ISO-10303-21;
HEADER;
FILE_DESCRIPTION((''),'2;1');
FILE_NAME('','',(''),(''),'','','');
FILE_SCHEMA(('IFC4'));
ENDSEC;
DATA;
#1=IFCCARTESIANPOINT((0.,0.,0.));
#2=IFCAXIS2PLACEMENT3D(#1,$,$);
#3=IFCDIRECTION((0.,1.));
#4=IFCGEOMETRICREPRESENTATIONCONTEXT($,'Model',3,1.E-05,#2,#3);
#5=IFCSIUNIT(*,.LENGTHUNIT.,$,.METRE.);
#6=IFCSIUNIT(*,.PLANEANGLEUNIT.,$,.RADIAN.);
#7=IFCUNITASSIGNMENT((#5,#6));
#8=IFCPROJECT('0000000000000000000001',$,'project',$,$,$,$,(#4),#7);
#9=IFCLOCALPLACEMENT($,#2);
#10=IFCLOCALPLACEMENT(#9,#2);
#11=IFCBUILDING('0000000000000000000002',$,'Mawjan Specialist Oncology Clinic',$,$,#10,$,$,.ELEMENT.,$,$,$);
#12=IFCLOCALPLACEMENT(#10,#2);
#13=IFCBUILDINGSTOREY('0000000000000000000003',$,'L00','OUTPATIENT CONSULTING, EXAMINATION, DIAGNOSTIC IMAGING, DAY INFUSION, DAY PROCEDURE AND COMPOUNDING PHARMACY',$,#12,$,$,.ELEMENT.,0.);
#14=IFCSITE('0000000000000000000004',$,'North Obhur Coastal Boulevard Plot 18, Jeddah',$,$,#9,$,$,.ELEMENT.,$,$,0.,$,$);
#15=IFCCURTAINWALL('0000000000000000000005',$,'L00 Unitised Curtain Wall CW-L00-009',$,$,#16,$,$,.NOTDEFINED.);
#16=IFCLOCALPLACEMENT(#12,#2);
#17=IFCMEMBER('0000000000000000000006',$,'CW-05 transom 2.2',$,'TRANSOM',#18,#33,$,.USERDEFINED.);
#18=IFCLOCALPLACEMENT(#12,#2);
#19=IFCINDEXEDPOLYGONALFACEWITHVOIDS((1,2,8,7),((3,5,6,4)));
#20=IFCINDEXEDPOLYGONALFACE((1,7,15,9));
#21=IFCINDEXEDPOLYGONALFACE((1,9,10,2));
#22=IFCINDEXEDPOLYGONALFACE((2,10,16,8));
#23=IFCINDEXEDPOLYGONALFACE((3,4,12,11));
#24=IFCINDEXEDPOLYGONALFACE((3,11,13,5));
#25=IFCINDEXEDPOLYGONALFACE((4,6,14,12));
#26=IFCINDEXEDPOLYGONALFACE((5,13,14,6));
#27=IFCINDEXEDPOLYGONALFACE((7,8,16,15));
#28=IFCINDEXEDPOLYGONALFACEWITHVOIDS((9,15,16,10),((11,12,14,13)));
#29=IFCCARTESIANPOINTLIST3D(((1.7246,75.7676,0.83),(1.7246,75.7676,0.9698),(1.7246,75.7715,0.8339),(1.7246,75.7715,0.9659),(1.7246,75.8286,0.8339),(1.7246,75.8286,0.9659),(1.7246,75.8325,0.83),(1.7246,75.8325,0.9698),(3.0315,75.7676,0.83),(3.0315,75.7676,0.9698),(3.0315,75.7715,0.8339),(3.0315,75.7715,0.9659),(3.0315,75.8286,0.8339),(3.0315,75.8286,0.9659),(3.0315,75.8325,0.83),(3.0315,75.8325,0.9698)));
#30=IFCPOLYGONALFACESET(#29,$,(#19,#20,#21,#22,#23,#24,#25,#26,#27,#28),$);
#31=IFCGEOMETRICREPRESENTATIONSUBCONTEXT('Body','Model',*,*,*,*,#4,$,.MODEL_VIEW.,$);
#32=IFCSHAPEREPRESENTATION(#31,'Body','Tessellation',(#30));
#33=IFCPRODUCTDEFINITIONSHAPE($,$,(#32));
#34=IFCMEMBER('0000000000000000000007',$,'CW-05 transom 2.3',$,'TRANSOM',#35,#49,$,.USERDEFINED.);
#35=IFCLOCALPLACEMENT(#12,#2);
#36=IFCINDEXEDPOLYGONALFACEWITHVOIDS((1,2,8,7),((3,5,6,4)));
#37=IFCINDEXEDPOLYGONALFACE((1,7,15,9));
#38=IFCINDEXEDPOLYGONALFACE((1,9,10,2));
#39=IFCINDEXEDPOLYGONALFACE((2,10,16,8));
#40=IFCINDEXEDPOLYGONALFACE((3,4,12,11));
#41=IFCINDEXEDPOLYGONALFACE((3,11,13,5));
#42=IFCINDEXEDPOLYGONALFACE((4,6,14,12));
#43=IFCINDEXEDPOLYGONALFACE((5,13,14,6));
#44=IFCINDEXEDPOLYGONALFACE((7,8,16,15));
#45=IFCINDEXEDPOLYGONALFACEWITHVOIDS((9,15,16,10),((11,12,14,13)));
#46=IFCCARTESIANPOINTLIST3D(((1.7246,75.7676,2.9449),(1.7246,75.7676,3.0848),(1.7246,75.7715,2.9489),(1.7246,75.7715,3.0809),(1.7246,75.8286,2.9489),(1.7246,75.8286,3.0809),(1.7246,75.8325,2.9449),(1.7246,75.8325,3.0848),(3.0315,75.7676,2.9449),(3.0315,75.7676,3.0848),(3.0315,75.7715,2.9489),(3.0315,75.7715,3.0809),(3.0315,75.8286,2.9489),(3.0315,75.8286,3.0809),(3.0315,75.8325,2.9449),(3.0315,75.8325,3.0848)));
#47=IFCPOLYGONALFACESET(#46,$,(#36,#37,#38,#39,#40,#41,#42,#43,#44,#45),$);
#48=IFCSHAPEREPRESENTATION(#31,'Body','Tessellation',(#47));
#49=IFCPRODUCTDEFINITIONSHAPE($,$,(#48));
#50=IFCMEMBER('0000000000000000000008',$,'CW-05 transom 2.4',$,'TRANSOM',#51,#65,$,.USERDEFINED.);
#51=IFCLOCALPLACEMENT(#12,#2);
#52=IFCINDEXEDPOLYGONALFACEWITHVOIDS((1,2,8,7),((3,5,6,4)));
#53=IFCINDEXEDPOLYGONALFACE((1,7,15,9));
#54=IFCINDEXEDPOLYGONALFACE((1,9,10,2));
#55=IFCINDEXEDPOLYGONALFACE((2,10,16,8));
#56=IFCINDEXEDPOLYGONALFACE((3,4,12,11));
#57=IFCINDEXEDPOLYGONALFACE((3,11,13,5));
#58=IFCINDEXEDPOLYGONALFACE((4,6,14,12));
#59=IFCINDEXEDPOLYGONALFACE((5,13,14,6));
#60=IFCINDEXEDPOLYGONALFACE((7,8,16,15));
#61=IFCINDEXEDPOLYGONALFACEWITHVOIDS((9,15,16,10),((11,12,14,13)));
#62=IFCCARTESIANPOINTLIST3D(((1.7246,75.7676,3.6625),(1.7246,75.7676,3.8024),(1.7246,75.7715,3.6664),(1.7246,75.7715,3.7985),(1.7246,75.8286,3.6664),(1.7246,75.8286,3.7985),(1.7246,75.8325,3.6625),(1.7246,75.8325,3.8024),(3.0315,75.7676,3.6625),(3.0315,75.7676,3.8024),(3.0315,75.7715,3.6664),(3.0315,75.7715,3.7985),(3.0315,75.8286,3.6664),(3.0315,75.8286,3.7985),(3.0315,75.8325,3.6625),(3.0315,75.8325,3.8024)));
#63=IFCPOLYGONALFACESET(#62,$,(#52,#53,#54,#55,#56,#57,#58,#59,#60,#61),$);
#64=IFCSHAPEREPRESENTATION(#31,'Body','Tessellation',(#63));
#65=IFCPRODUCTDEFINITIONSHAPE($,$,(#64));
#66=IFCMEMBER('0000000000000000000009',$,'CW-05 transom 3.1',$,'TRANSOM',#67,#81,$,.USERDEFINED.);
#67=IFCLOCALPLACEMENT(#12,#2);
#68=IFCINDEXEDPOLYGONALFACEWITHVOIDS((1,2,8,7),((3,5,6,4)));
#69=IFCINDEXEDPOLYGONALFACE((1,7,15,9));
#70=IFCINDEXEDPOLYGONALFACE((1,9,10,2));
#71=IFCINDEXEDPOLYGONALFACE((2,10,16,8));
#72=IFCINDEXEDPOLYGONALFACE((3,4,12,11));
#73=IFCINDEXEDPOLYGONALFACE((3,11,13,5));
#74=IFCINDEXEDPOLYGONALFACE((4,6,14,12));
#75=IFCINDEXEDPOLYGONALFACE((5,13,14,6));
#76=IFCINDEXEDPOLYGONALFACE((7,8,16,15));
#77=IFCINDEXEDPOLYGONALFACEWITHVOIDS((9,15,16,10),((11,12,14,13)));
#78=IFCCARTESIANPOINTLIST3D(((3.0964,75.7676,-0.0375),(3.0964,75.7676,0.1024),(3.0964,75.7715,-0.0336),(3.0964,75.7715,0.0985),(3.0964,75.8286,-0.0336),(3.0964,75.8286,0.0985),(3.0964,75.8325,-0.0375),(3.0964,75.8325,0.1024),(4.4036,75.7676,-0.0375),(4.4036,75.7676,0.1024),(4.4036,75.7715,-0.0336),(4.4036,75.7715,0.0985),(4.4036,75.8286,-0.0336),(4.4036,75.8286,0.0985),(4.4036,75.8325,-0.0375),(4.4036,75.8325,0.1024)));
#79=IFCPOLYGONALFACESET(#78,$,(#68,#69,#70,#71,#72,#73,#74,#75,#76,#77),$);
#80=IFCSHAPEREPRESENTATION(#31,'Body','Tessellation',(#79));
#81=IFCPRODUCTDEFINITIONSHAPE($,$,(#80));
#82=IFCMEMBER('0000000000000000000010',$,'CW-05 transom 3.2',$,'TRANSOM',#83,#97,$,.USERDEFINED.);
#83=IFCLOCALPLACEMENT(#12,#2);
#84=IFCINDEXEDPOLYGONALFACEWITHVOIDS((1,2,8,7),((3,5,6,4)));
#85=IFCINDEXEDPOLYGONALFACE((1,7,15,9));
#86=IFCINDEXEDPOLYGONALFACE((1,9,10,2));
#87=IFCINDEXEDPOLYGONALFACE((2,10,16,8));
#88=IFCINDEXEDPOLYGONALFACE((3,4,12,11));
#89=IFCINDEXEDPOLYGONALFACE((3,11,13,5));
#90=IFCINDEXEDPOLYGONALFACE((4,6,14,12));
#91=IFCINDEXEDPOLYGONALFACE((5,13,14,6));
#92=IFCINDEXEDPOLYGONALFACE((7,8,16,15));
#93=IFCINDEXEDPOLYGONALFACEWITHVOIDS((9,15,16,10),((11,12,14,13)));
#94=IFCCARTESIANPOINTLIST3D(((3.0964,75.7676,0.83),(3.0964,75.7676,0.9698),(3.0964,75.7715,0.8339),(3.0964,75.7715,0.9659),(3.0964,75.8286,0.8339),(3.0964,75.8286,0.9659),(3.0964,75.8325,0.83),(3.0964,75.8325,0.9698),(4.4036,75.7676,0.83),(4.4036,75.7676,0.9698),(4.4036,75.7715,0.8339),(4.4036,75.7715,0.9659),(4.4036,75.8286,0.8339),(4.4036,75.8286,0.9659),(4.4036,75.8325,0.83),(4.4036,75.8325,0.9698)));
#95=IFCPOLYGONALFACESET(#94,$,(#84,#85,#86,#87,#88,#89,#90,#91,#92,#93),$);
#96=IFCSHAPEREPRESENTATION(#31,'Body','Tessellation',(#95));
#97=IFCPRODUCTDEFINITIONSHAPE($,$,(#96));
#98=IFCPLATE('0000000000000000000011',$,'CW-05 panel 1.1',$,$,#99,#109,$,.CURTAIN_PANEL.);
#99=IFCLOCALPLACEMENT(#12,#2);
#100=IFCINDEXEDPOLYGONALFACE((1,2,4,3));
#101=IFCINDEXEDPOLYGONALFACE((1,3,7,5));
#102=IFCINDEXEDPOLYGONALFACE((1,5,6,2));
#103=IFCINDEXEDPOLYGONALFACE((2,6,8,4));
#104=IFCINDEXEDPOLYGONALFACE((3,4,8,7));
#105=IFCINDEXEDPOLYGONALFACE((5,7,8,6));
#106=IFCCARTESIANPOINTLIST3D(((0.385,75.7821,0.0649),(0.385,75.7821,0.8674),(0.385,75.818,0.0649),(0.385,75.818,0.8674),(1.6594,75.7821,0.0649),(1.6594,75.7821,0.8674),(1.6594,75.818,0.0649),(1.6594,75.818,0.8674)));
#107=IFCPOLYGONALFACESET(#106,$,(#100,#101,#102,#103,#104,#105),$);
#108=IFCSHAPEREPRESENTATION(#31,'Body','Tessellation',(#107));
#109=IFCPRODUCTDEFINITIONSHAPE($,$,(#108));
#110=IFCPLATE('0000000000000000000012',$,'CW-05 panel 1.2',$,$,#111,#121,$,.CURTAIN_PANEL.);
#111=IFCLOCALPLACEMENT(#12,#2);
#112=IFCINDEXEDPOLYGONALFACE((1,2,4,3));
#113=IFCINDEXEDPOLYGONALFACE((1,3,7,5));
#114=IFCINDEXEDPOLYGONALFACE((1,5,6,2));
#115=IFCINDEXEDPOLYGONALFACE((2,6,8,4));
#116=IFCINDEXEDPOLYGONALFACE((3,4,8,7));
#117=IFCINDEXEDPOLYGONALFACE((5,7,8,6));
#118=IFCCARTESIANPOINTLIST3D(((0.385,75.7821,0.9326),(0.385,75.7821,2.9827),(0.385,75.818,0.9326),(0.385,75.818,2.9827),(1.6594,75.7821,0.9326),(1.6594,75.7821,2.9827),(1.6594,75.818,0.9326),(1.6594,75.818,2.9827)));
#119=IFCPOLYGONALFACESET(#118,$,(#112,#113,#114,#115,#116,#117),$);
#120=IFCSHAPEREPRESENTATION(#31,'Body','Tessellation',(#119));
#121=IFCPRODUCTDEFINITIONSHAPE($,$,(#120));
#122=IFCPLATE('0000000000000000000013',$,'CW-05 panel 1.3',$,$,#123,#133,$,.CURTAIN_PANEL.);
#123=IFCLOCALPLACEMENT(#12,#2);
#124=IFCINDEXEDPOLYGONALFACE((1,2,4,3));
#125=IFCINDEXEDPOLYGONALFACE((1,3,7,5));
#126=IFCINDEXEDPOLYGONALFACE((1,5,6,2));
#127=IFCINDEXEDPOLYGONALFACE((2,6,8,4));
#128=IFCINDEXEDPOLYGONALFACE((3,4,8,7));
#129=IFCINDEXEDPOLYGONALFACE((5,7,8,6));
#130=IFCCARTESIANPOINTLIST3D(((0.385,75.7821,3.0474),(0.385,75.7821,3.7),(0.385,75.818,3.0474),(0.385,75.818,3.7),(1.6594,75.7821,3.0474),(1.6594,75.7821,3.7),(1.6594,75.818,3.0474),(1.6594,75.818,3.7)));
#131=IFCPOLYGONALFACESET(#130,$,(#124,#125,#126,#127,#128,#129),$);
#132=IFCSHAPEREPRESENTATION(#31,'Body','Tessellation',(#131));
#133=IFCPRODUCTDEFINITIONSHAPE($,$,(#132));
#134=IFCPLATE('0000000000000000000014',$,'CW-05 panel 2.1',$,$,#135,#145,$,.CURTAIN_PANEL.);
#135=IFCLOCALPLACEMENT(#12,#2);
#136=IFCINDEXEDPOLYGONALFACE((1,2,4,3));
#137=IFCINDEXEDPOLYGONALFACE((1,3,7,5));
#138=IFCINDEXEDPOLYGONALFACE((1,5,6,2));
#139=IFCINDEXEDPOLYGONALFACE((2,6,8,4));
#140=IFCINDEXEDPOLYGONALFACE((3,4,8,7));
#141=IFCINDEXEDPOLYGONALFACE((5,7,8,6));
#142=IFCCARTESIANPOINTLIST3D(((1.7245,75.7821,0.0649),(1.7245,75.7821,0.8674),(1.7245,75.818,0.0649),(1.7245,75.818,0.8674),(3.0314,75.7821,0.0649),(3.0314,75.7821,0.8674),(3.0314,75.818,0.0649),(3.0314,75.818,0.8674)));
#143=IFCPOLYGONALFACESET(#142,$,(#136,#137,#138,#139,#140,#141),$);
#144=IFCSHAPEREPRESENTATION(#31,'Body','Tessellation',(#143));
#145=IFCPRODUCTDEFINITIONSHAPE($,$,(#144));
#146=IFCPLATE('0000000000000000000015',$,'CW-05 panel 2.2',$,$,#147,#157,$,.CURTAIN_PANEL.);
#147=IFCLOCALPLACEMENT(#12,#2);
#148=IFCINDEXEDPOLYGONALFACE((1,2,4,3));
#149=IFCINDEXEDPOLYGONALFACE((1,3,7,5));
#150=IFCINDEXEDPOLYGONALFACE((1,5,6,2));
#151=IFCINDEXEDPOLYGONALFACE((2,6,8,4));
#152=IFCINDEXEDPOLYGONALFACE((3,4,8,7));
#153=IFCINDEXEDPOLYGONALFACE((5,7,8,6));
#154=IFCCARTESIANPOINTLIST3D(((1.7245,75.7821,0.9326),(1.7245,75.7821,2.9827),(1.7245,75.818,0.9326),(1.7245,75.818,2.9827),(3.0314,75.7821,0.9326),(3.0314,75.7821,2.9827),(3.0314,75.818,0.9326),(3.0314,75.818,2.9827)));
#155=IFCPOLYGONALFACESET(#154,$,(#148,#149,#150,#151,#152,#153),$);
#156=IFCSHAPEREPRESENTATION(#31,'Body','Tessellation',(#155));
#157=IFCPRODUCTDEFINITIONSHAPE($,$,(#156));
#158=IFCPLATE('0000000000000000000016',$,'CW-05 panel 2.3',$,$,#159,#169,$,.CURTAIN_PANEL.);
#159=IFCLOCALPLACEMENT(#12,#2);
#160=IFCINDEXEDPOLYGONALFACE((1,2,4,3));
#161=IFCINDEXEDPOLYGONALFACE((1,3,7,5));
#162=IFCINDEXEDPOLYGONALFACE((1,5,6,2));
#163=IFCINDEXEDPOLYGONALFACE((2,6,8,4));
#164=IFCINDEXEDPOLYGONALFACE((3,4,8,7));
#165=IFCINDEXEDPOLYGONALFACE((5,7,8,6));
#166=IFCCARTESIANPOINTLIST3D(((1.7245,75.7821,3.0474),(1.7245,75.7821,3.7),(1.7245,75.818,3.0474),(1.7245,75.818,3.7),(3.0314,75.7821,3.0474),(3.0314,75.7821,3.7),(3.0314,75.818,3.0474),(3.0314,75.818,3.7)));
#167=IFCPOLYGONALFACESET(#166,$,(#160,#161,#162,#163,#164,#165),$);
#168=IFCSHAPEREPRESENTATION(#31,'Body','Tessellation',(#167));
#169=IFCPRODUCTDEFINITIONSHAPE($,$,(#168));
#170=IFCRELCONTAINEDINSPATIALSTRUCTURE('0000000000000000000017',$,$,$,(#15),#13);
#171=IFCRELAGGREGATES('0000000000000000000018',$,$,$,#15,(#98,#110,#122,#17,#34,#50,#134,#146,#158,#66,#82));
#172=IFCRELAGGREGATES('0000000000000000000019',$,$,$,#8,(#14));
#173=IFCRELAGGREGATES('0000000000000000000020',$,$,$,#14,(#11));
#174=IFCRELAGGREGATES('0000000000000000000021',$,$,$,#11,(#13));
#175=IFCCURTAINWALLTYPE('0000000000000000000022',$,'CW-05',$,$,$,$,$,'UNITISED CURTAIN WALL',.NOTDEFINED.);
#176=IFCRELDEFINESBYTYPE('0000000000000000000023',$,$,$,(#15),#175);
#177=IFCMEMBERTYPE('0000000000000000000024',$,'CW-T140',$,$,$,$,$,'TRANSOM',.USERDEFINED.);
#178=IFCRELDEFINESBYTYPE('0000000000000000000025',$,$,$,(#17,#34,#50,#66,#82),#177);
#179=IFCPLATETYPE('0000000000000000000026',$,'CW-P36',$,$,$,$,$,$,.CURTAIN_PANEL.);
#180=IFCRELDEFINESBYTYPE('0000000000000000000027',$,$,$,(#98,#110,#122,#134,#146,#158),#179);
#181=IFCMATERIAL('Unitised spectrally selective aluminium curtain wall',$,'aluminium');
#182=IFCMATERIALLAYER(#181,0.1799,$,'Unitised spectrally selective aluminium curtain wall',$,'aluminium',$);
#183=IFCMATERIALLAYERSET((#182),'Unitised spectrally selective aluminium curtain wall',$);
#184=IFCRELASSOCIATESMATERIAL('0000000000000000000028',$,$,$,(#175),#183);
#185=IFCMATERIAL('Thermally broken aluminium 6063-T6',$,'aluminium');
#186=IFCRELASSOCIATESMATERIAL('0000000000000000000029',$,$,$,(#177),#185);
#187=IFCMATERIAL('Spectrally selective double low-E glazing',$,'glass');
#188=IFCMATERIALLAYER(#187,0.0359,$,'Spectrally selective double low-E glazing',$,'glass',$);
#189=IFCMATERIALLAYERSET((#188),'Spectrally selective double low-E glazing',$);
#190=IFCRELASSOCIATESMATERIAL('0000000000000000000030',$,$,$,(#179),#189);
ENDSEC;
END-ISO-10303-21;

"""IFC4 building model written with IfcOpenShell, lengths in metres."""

from ifc_helpers import new_model, si_unit, direction, frame, origin, origin_2d, place, context, subcontext, project, spatial, rectangle, hollow_rectangle, extrude, material, layer, layer_set, material_profile, profile_set, type_object, element, aggregate, save


model = new_model("IFC4")

# Units and contexts
model_context = context("Model", 3, precision=1e-05, world=origin(), true_north=direction((0.0, 1.0)))
body_context = subcontext(model_context, "Body", "Model", "MODEL_VIEW")
ifc_project = project(units=[si_unit("LENGTHUNIT", "METRE"), si_unit("PLANEANGLEUNIT", "RADIAN")], contexts=[model_context])

# Site, building, storey
site_placement = place(None, origin())
site = spatial("IfcSite", under=ifc_project, at=site_placement, Name="North Obhur Coastal Boulevard Plot 18, Jeddah", CompositionType="ELEMENT", RefElevation=0.0)
building_placement = place(site_placement, origin())
building = spatial("IfcBuilding", under=site, at=building_placement, Name="Mawjan Specialist Oncology Clinic", CompositionType="ELEMENT")
storey_placement = place(building_placement, origin())
storey = spatial("IfcBuildingStorey", under=building, at=storey_placement, Name="L00", Description="OUTPATIENT CONSULTING, EXAMINATION, DIAGNOSTIC IMAGING, DAY INFUSION, DAY PROCEDURE AND COMPOUNDING PHARMACY", CompositionType="ELEMENT", Elevation=0.0)

# Shared definitions
ifc_material_1 = material(Name="Unitised spectrally selective aluminium curtain wall", Category="aluminium")
ifc_layer_1 = layer(ifc_material_1, 0.1799, Name="Unitised spectrally selective aluminium curtain wall", Category="aluminium")
ifc_layer_set_1 = layer_set([ifc_layer_1], Name="Unitised spectrally selective aluminium curtain wall")
curtain_wall_type = type_object("IfcCurtainWallType", Name="CW-05", ElementType="UNITISED CURTAIN WALL", PredefinedType="NOTDEFINED", material=ifc_layer_set_1)

# Curtain wall, members, plates
curtain_wall_1_placement = place(storey_placement, origin())
curtain_wall_1 = element("IfcCurtainWall", 1, at=curtain_wall_1_placement, inside=storey, type_object=curtain_wall_type, Name="L00 Unitised Curtain Wall CW-L00-009", PredefinedType="NOTDEFINED")
ifc_material_2 = material(Name="Thermally broken aluminium 6063-T6", Category="aluminium")
ifc_material_profile_1 = material_profile(ifc_material_2, hollow_rectangle(XDim=0.0649, YDim=0.1399, WallThickness=0.0039, at=origin_2d()), Name="ALU TRANSOM 140x65x4", Category="aluminium")
ifc_profile_set_1 = profile_set([ifc_material_profile_1], Name="Thermally broken aluminium 6063-T6")
member_type_1 = type_object("IfcMemberType", Name="CW-T140", ElementType="TRANSOM", PredefinedType="USERDEFINED", material=ifc_profile_set_1)
member_1_placement = place(storey_placement, frame((1.7246, 75.8, 0.8999), z_axis=(1.0, 0.0, 0.0), x_axis=(0.0, 1.0, 0.0)))
member_1 = element("IfcMember", 2, at=member_1_placement, type_object=member_type_1, Name="CW-05 transom 2.2", ObjectType="TRANSOM", PredefinedType="USERDEFINED", context=body_context, shape_type="SweptSolid", body=[
    extrude(hollow_rectangle(XDim=0.0649, YDim=0.1399, WallThickness=0.0039, at=origin_2d()), origin(), (0.0, 0.0, 1.0), 1.3069),
])
member_2_placement = place(storey_placement, frame((1.7246, 75.8, 3.0149), z_axis=(1.0, 0.0, 0.0), x_axis=(0.0, 1.0, 0.0)))
member_2 = element("IfcMember", 3, at=member_2_placement, type_object=member_type_1, Name="CW-05 transom 2.3", ObjectType="TRANSOM", PredefinedType="USERDEFINED", context=body_context, shape_type="SweptSolid", body=[
    extrude(hollow_rectangle(XDim=0.0649, YDim=0.1399, WallThickness=0.0039, at=origin_2d()), origin(), (0.0, 0.0, 1.0), 1.3069),
])
member_3_placement = place(storey_placement, frame((1.7246, 75.8, 3.7324), z_axis=(1.0, 0.0, 0.0), x_axis=(0.0, 1.0, 0.0)))
member_3 = element("IfcMember", 4, at=member_3_placement, type_object=member_type_1, Name="CW-05 transom 2.4", ObjectType="TRANSOM", PredefinedType="USERDEFINED", context=body_context, shape_type="SweptSolid", body=[
    extrude(hollow_rectangle(XDim=0.0649, YDim=0.1399, WallThickness=0.0039, at=origin_2d()), origin(), (0.0, 0.0, 1.0), 1.3069),
])
member_4_placement = place(storey_placement, frame((3.0964, 75.8, 0.0325), z_axis=(1.0, 0.0, 0.0), x_axis=(0.0, 1.0, 0.0)))
member_4 = element("IfcMember", 5, at=member_4_placement, type_object=member_type_1, Name="CW-05 transom 3.1", ObjectType="TRANSOM", PredefinedType="USERDEFINED", context=body_context, shape_type="SweptSolid", body=[
    extrude(hollow_rectangle(XDim=0.0649, YDim=0.1399, WallThickness=0.0039, at=origin_2d()), origin(), (0.0, 0.0, 1.0), 1.3071),
])
member_5_placement = place(storey_placement, frame((3.0964, 75.8, 0.8999), z_axis=(1.0, 0.0, 0.0), x_axis=(0.0, 1.0, 0.0)))
member_5 = element("IfcMember", 6, at=member_5_placement, type_object=member_type_1, Name="CW-05 transom 3.2", ObjectType="TRANSOM", PredefinedType="USERDEFINED", context=body_context, shape_type="SweptSolid", body=[
    extrude(hollow_rectangle(XDim=0.0649, YDim=0.1399, WallThickness=0.0039, at=origin_2d()), origin(), (0.0, 0.0, 1.0), 1.3071),
])
ifc_material_3 = material(Name="Spectrally selective double low-E glazing", Category="glass")
ifc_layer_2 = layer(ifc_material_3, 0.0359, Name="Spectrally selective double low-E glazing", Category="glass")
ifc_layer_set_2 = layer_set([ifc_layer_2], Name="Spectrally selective double low-E glazing")
plate_type = type_object("IfcPlateType", Name="CW-P36", PredefinedType="CURTAIN_PANEL", material=ifc_layer_set_2)
plate_1_placement = place(storey_placement, frame((1.0222, 75.8, 0.0649), z_axis=(0.0, 0.0, 1.0), x_axis=(1.0, 0.0, 0.0)))
plate_1 = element("IfcPlate", 7, at=plate_1_placement, type_object=plate_type, Name="CW-05 panel 1.1", PredefinedType="CURTAIN_PANEL", context=body_context, shape_type="SweptSolid", body=[
    extrude(rectangle(XDim=1.2744, YDim=0.0359, at=origin_2d()), origin(), (0.0, 0.0, 1.0), 0.8025),
])
plate_2_placement = place(storey_placement, frame((1.0222, 75.8, 0.9326), z_axis=(0.0, 0.0, 1.0), x_axis=(1.0, 0.0, 0.0)))
plate_2 = element("IfcPlate", 8, at=plate_2_placement, type_object=plate_type, Name="CW-05 panel 1.2", PredefinedType="CURTAIN_PANEL", context=body_context, shape_type="SweptSolid", body=[
    extrude(rectangle(XDim=1.2744, YDim=0.0359, at=origin_2d()), origin(), (0.0, 0.0, 1.0), 2.05),
])
plate_3_placement = place(storey_placement, frame((1.0222, 75.8, 3.0474), z_axis=(0.0, 0.0, 1.0), x_axis=(1.0, 0.0, 0.0)))
plate_3 = element("IfcPlate", 9, at=plate_3_placement, type_object=plate_type, Name="CW-05 panel 1.3", PredefinedType="CURTAIN_PANEL", context=body_context, shape_type="SweptSolid", body=[
    extrude(rectangle(XDim=1.2744, YDim=0.0359, at=origin_2d()), origin(), (0.0, 0.0, 1.0), 0.6526),
])
plate_4_placement = place(storey_placement, frame((2.3779, 75.8, 0.0649), z_axis=(0.0, 0.0, 1.0), x_axis=(1.0, 0.0, 0.0)))
plate_4 = element("IfcPlate", 10, at=plate_4_placement, type_object=plate_type, Name="CW-05 panel 2.1", PredefinedType="CURTAIN_PANEL", context=body_context, shape_type="SweptSolid", body=[
    extrude(rectangle(XDim=1.3069, YDim=0.0359, at=origin_2d()), origin(), (0.0, 0.0, 1.0), 0.8025),
])
plate_5_placement = place(storey_placement, frame((2.3779, 75.8, 0.9326), z_axis=(0.0, 0.0, 1.0), x_axis=(1.0, 0.0, 0.0)))
plate_5 = element("IfcPlate", 11, at=plate_5_placement, type_object=plate_type, Name="CW-05 panel 2.2", PredefinedType="CURTAIN_PANEL", context=body_context, shape_type="SweptSolid", body=[
    extrude(rectangle(XDim=1.3069, YDim=0.0359, at=origin_2d()), origin(), (0.0, 0.0, 1.0), 2.05),
])
plate_6_placement = place(storey_placement, frame((2.3779, 75.8, 3.0474), z_axis=(0.0, 0.0, 1.0), x_axis=(1.0, 0.0, 0.0)))
plate_6 = element("IfcPlate", 12, at=plate_6_placement, type_object=plate_type, Name="CW-05 panel 2.3", PredefinedType="CURTAIN_PANEL", context=body_context, shape_type="SweptSolid", body=[
    extrude(rectangle(XDim=1.3069, YDim=0.0359, at=origin_2d()), origin(), (0.0, 0.0, 1.0), 0.6526),
])
aggregate(curtain_wall_1, [plate_1, plate_2, plate_3, member_1, member_2, member_3, plate_4, plate_5, plate_6, member_4, member_5])

save(model, "model.ifc")
